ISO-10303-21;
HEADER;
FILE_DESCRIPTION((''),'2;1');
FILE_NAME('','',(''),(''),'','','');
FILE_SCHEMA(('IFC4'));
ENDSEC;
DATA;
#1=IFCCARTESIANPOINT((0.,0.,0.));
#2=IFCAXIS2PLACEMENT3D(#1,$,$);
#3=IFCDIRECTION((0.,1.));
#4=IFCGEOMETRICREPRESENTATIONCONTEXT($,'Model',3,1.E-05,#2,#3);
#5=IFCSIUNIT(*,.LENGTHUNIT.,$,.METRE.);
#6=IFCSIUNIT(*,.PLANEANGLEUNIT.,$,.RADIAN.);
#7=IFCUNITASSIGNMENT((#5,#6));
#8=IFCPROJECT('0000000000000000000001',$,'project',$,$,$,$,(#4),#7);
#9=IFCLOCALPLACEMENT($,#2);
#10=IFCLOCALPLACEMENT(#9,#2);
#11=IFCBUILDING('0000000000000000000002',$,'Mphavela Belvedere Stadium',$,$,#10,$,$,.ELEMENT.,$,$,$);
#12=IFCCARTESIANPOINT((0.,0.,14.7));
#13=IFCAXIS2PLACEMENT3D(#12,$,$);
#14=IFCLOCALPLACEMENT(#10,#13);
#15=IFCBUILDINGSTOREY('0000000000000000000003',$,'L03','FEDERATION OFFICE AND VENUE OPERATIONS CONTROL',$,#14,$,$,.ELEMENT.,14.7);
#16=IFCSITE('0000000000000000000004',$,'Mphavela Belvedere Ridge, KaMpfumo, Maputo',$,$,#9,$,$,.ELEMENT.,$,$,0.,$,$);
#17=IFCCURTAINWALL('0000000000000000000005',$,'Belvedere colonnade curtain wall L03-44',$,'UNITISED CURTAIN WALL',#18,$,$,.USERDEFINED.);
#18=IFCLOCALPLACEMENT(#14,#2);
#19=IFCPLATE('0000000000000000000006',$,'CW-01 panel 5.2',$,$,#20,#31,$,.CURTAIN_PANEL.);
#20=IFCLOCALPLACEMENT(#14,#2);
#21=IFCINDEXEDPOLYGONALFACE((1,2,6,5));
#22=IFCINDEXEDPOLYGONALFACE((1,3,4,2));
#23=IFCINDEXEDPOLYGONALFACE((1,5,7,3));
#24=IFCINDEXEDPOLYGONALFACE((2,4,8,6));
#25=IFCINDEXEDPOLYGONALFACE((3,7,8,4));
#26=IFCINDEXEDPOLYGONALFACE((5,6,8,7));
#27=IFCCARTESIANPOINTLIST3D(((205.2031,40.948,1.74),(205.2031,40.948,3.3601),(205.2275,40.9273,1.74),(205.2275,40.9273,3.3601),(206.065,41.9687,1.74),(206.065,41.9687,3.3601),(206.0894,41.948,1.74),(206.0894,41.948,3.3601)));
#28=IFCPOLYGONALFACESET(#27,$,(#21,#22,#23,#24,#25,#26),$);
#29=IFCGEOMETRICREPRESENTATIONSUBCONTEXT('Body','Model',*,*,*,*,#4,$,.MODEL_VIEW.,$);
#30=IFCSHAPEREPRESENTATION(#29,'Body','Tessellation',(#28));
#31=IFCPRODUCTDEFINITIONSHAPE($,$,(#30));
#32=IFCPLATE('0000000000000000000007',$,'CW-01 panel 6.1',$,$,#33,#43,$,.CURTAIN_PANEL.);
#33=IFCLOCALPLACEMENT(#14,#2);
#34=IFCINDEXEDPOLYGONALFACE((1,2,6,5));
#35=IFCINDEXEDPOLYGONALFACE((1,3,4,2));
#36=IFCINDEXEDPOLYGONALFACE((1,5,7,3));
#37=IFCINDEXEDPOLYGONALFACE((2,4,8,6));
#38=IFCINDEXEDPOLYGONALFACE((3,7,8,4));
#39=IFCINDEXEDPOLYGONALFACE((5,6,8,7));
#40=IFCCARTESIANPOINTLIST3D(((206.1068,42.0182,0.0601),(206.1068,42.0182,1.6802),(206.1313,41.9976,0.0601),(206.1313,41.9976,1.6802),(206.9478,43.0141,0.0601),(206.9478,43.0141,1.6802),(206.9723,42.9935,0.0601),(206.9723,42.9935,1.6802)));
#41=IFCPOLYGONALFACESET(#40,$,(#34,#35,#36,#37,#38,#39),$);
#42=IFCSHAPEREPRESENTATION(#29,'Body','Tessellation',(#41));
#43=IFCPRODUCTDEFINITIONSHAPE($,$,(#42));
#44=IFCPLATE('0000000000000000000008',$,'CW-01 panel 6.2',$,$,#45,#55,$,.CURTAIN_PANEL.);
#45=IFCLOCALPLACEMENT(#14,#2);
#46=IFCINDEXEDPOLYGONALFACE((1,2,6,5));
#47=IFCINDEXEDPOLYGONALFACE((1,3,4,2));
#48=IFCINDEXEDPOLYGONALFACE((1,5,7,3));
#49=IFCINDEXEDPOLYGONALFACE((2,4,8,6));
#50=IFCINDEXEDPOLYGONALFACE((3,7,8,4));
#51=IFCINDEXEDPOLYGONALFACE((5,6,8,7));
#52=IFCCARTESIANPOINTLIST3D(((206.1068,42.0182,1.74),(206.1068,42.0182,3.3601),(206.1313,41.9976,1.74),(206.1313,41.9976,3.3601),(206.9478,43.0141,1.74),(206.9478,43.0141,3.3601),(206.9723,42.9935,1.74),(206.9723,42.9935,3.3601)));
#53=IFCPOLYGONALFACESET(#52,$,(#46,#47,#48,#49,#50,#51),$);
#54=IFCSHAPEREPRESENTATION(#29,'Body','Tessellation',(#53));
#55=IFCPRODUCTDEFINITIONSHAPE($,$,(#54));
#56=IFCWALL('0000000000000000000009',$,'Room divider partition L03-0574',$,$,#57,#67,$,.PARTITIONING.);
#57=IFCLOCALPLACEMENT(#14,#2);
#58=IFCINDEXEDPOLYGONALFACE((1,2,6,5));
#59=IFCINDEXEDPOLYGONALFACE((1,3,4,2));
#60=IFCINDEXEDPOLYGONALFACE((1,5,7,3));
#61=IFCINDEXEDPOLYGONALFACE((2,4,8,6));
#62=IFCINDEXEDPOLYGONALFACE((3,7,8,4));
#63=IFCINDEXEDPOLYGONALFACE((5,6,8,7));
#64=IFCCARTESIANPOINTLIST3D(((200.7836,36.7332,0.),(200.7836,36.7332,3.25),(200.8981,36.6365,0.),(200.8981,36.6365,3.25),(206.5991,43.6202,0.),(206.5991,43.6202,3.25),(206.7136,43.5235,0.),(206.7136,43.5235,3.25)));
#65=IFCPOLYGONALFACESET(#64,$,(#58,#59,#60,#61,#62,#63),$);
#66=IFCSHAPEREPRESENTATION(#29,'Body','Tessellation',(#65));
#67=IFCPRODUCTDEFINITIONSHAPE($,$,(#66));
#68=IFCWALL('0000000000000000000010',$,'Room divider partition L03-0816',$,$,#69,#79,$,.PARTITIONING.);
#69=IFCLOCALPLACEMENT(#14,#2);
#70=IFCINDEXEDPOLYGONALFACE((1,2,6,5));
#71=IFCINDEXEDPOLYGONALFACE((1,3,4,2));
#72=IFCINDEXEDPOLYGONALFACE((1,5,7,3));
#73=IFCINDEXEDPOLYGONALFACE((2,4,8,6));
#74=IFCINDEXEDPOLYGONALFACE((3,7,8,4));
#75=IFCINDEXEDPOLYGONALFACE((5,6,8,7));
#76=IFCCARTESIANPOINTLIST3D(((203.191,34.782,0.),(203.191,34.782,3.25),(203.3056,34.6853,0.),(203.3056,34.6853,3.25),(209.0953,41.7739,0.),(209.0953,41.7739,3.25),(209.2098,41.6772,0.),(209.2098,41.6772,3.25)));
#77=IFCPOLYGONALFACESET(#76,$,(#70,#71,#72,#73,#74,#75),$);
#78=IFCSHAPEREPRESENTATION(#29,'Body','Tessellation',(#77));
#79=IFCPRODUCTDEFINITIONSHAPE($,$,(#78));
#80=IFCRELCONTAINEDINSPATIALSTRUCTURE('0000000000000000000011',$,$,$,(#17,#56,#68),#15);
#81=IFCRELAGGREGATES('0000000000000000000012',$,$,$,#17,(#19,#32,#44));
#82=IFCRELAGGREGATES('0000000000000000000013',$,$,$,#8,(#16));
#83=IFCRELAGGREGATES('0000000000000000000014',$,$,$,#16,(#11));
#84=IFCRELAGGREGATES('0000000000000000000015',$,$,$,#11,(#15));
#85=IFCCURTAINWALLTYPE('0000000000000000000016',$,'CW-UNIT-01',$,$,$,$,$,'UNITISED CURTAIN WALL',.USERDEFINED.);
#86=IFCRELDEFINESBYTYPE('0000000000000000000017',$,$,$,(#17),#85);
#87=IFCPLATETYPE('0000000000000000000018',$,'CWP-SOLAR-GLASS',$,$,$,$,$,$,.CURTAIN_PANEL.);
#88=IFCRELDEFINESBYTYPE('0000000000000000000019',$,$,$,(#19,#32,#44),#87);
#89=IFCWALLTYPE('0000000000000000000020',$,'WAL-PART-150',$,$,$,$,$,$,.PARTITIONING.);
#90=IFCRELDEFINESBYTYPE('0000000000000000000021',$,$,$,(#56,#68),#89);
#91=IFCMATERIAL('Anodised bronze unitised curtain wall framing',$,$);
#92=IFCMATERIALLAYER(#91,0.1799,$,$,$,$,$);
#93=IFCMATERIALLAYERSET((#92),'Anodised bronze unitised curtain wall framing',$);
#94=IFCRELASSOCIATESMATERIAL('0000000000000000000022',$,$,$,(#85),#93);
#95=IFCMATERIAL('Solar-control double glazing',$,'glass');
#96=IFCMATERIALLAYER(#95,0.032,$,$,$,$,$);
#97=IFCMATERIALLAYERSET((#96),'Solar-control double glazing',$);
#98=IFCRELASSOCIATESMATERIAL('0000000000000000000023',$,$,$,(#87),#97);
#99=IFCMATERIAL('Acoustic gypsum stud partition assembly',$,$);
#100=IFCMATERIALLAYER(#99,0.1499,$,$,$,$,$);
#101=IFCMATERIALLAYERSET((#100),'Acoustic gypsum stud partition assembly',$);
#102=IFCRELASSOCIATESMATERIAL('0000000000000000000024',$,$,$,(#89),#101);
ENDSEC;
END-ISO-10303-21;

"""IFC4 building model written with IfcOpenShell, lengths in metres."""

from ifc_helpers import new_model, si_unit, direction, frame, frame_2d, origin, origin_2d, place, context, subcontext, project, spatial, rectangle, extrude, material, layer, layer_set, type_object, element, aggregate, save


model = new_model("IFC4")

# Units and contexts
model_context = context("Model", 3, precision=1e-05, world=origin(), true_north=direction((0.0, 1.0)))
body_context = subcontext(model_context, "Body", "Model", "MODEL_VIEW")
ifc_project = project(units=[si_unit("LENGTHUNIT", "METRE"), si_unit("PLANEANGLEUNIT", "RADIAN")], contexts=[model_context])

# Site, building, storey
site_placement = place(None, origin())
site = spatial("IfcSite", under=ifc_project, at=site_placement, Name="Mphavela Belvedere Ridge, KaMpfumo, Maputo", CompositionType="ELEMENT", RefElevation=0.0)
building_placement = place(site_placement, origin())
building = spatial("IfcBuilding", under=site, at=building_placement, Name="Mphavela Belvedere Stadium", CompositionType="ELEMENT")
storey_placement = place(building_placement, frame((0.0, 0.0, 14.7)))
storey = spatial("IfcBuildingStorey", under=building, at=storey_placement, Name="L03", Description="FEDERATION OFFICE AND VENUE OPERATIONS CONTROL", CompositionType="ELEMENT", Elevation=14.7)

# Curtain wall, plates
ifc_material_1 = material(Name="Anodised bronze unitised curtain wall framing")
ifc_layer_1 = layer(ifc_material_1, 0.1799)
ifc_layer_set_1 = layer_set([ifc_layer_1], Name="Anodised bronze unitised curtain wall framing")
curtain_wall_type = type_object("IfcCurtainWallType", Name="CW-UNIT-01", ElementType="UNITISED CURTAIN WALL", PredefinedType="USERDEFINED", material=ifc_layer_set_1)
curtain_wall_placement = place(storey_placement, origin())
curtain_wall = element("IfcCurtainWall", 1, at=curtain_wall_placement, inside=storey, type_object=curtain_wall_type, Name="Belvedere colonnade curtain wall L03-44", ObjectType="UNITISED CURTAIN WALL", PredefinedType="USERDEFINED")
ifc_material_2 = material(Name="Solar-control double glazing", Category="glass")
ifc_layer_2 = layer(ifc_material_2, 0.032)
ifc_layer_set_2 = layer_set([ifc_layer_2], Name="Solar-control double glazing")
plate_type = type_object("IfcPlateType", Name="CWP-SOLAR-GLASS", PredefinedType="CURTAIN_PANEL", material=ifc_layer_set_2)
plate_1_placement = place(storey_placement, frame((205.6462, 41.448, 1.74), z_axis=(0.0, 0.0, 1.0), x_axis=(0.645179, 0.764031, 0.0)))
plate_1 = element("IfcPlate", 2, at=plate_1_placement, type_object=plate_type, Name="CW-01 panel 5.2", PredefinedType="CURTAIN_PANEL", context=body_context, shape_type="SweptSolid", body=[
    extrude(rectangle(XDim=1.3359, YDim=0.032, at=origin_2d()), origin(), (0.0, 0.0, 1.0), 1.6201),
])
plate_2_placement = place(storey_placement, frame((206.5396, 42.5059, 0.0601), z_axis=(0.0, 0.0, 1.0), x_axis=(0.645179, 0.764031, 0.0)))
plate_2 = element("IfcPlate", 3, at=plate_2_placement, type_object=plate_type, Name="CW-01 panel 6.1", PredefinedType="CURTAIN_PANEL", context=body_context, shape_type="SweptSolid", body=[
    extrude(rectangle(XDim=1.3035, YDim=0.032, at=origin_2d()), origin(), (0.0, 0.0, 1.0), 1.6201),
])
plate_3_placement = place(storey_placement, frame((206.5396, 42.5059, 1.74), z_axis=(0.0, 0.0, 1.0), x_axis=(0.645179, 0.764031, 0.0)))
plate_3 = element("IfcPlate", 4, at=plate_3_placement, type_object=plate_type, Name="CW-01 panel 6.2", PredefinedType="CURTAIN_PANEL", context=body_context, shape_type="SweptSolid", body=[
    extrude(rectangle(XDim=1.3035, YDim=0.032, at=origin_2d()), origin(), (0.0, 0.0, 1.0), 1.6201),
])
aggregate(curtain_wall, [plate_1, plate_2, plate_3])

# Walls
ifc_material_3 = material(Name="Acoustic gypsum stud partition assembly")
ifc_layer_3 = layer(ifc_material_3, 0.1499)
ifc_layer_set_3 = layer_set([ifc_layer_3], Name="Acoustic gypsum stud partition assembly")
wall_type = type_object("IfcWallType", Name="WAL-PART-150", PredefinedType="PARTITIONING", material=ifc_layer_set_3)
wall_1_placement = place(storey_placement, frame((206.6562, 43.5718, 0.0), z_axis=(0.0, 0.0, 1.0), x_axis=(-0.645166, -0.764042, 0.0)))
element("IfcWall", 5, at=wall_1_placement, inside=storey, type_object=wall_type, Name="Room divider partition L03-0574", PredefinedType="PARTITIONING", context=body_context, shape_type="SweptSolid", body=[
    extrude(rectangle(XDim=9.0139, YDim=0.1499, at=frame_2d((4.5068, 0.0))), origin(), (0.0, 0.0, 1.0), 3.25),
])
wall_2_placement = place(storey_placement, frame((203.2483, 34.7336, 0.0), z_axis=(0.0, 0.0, 1.0), x_axis=(0.64518, 0.764031, 0.0)))
element("IfcWall", 6, at=wall_2_placement, inside=storey, type_object=wall_type, Name="Room divider partition L03-0816", PredefinedType="PARTITIONING", context=body_context, shape_type="SweptSolid", body=[
    extrude(rectangle(XDim=9.1514, YDim=0.1499, at=frame_2d((4.5757, 0.0))), origin(), (0.0, 0.0, 1.0), 3.25),
])

save(model, "model.ifc")
